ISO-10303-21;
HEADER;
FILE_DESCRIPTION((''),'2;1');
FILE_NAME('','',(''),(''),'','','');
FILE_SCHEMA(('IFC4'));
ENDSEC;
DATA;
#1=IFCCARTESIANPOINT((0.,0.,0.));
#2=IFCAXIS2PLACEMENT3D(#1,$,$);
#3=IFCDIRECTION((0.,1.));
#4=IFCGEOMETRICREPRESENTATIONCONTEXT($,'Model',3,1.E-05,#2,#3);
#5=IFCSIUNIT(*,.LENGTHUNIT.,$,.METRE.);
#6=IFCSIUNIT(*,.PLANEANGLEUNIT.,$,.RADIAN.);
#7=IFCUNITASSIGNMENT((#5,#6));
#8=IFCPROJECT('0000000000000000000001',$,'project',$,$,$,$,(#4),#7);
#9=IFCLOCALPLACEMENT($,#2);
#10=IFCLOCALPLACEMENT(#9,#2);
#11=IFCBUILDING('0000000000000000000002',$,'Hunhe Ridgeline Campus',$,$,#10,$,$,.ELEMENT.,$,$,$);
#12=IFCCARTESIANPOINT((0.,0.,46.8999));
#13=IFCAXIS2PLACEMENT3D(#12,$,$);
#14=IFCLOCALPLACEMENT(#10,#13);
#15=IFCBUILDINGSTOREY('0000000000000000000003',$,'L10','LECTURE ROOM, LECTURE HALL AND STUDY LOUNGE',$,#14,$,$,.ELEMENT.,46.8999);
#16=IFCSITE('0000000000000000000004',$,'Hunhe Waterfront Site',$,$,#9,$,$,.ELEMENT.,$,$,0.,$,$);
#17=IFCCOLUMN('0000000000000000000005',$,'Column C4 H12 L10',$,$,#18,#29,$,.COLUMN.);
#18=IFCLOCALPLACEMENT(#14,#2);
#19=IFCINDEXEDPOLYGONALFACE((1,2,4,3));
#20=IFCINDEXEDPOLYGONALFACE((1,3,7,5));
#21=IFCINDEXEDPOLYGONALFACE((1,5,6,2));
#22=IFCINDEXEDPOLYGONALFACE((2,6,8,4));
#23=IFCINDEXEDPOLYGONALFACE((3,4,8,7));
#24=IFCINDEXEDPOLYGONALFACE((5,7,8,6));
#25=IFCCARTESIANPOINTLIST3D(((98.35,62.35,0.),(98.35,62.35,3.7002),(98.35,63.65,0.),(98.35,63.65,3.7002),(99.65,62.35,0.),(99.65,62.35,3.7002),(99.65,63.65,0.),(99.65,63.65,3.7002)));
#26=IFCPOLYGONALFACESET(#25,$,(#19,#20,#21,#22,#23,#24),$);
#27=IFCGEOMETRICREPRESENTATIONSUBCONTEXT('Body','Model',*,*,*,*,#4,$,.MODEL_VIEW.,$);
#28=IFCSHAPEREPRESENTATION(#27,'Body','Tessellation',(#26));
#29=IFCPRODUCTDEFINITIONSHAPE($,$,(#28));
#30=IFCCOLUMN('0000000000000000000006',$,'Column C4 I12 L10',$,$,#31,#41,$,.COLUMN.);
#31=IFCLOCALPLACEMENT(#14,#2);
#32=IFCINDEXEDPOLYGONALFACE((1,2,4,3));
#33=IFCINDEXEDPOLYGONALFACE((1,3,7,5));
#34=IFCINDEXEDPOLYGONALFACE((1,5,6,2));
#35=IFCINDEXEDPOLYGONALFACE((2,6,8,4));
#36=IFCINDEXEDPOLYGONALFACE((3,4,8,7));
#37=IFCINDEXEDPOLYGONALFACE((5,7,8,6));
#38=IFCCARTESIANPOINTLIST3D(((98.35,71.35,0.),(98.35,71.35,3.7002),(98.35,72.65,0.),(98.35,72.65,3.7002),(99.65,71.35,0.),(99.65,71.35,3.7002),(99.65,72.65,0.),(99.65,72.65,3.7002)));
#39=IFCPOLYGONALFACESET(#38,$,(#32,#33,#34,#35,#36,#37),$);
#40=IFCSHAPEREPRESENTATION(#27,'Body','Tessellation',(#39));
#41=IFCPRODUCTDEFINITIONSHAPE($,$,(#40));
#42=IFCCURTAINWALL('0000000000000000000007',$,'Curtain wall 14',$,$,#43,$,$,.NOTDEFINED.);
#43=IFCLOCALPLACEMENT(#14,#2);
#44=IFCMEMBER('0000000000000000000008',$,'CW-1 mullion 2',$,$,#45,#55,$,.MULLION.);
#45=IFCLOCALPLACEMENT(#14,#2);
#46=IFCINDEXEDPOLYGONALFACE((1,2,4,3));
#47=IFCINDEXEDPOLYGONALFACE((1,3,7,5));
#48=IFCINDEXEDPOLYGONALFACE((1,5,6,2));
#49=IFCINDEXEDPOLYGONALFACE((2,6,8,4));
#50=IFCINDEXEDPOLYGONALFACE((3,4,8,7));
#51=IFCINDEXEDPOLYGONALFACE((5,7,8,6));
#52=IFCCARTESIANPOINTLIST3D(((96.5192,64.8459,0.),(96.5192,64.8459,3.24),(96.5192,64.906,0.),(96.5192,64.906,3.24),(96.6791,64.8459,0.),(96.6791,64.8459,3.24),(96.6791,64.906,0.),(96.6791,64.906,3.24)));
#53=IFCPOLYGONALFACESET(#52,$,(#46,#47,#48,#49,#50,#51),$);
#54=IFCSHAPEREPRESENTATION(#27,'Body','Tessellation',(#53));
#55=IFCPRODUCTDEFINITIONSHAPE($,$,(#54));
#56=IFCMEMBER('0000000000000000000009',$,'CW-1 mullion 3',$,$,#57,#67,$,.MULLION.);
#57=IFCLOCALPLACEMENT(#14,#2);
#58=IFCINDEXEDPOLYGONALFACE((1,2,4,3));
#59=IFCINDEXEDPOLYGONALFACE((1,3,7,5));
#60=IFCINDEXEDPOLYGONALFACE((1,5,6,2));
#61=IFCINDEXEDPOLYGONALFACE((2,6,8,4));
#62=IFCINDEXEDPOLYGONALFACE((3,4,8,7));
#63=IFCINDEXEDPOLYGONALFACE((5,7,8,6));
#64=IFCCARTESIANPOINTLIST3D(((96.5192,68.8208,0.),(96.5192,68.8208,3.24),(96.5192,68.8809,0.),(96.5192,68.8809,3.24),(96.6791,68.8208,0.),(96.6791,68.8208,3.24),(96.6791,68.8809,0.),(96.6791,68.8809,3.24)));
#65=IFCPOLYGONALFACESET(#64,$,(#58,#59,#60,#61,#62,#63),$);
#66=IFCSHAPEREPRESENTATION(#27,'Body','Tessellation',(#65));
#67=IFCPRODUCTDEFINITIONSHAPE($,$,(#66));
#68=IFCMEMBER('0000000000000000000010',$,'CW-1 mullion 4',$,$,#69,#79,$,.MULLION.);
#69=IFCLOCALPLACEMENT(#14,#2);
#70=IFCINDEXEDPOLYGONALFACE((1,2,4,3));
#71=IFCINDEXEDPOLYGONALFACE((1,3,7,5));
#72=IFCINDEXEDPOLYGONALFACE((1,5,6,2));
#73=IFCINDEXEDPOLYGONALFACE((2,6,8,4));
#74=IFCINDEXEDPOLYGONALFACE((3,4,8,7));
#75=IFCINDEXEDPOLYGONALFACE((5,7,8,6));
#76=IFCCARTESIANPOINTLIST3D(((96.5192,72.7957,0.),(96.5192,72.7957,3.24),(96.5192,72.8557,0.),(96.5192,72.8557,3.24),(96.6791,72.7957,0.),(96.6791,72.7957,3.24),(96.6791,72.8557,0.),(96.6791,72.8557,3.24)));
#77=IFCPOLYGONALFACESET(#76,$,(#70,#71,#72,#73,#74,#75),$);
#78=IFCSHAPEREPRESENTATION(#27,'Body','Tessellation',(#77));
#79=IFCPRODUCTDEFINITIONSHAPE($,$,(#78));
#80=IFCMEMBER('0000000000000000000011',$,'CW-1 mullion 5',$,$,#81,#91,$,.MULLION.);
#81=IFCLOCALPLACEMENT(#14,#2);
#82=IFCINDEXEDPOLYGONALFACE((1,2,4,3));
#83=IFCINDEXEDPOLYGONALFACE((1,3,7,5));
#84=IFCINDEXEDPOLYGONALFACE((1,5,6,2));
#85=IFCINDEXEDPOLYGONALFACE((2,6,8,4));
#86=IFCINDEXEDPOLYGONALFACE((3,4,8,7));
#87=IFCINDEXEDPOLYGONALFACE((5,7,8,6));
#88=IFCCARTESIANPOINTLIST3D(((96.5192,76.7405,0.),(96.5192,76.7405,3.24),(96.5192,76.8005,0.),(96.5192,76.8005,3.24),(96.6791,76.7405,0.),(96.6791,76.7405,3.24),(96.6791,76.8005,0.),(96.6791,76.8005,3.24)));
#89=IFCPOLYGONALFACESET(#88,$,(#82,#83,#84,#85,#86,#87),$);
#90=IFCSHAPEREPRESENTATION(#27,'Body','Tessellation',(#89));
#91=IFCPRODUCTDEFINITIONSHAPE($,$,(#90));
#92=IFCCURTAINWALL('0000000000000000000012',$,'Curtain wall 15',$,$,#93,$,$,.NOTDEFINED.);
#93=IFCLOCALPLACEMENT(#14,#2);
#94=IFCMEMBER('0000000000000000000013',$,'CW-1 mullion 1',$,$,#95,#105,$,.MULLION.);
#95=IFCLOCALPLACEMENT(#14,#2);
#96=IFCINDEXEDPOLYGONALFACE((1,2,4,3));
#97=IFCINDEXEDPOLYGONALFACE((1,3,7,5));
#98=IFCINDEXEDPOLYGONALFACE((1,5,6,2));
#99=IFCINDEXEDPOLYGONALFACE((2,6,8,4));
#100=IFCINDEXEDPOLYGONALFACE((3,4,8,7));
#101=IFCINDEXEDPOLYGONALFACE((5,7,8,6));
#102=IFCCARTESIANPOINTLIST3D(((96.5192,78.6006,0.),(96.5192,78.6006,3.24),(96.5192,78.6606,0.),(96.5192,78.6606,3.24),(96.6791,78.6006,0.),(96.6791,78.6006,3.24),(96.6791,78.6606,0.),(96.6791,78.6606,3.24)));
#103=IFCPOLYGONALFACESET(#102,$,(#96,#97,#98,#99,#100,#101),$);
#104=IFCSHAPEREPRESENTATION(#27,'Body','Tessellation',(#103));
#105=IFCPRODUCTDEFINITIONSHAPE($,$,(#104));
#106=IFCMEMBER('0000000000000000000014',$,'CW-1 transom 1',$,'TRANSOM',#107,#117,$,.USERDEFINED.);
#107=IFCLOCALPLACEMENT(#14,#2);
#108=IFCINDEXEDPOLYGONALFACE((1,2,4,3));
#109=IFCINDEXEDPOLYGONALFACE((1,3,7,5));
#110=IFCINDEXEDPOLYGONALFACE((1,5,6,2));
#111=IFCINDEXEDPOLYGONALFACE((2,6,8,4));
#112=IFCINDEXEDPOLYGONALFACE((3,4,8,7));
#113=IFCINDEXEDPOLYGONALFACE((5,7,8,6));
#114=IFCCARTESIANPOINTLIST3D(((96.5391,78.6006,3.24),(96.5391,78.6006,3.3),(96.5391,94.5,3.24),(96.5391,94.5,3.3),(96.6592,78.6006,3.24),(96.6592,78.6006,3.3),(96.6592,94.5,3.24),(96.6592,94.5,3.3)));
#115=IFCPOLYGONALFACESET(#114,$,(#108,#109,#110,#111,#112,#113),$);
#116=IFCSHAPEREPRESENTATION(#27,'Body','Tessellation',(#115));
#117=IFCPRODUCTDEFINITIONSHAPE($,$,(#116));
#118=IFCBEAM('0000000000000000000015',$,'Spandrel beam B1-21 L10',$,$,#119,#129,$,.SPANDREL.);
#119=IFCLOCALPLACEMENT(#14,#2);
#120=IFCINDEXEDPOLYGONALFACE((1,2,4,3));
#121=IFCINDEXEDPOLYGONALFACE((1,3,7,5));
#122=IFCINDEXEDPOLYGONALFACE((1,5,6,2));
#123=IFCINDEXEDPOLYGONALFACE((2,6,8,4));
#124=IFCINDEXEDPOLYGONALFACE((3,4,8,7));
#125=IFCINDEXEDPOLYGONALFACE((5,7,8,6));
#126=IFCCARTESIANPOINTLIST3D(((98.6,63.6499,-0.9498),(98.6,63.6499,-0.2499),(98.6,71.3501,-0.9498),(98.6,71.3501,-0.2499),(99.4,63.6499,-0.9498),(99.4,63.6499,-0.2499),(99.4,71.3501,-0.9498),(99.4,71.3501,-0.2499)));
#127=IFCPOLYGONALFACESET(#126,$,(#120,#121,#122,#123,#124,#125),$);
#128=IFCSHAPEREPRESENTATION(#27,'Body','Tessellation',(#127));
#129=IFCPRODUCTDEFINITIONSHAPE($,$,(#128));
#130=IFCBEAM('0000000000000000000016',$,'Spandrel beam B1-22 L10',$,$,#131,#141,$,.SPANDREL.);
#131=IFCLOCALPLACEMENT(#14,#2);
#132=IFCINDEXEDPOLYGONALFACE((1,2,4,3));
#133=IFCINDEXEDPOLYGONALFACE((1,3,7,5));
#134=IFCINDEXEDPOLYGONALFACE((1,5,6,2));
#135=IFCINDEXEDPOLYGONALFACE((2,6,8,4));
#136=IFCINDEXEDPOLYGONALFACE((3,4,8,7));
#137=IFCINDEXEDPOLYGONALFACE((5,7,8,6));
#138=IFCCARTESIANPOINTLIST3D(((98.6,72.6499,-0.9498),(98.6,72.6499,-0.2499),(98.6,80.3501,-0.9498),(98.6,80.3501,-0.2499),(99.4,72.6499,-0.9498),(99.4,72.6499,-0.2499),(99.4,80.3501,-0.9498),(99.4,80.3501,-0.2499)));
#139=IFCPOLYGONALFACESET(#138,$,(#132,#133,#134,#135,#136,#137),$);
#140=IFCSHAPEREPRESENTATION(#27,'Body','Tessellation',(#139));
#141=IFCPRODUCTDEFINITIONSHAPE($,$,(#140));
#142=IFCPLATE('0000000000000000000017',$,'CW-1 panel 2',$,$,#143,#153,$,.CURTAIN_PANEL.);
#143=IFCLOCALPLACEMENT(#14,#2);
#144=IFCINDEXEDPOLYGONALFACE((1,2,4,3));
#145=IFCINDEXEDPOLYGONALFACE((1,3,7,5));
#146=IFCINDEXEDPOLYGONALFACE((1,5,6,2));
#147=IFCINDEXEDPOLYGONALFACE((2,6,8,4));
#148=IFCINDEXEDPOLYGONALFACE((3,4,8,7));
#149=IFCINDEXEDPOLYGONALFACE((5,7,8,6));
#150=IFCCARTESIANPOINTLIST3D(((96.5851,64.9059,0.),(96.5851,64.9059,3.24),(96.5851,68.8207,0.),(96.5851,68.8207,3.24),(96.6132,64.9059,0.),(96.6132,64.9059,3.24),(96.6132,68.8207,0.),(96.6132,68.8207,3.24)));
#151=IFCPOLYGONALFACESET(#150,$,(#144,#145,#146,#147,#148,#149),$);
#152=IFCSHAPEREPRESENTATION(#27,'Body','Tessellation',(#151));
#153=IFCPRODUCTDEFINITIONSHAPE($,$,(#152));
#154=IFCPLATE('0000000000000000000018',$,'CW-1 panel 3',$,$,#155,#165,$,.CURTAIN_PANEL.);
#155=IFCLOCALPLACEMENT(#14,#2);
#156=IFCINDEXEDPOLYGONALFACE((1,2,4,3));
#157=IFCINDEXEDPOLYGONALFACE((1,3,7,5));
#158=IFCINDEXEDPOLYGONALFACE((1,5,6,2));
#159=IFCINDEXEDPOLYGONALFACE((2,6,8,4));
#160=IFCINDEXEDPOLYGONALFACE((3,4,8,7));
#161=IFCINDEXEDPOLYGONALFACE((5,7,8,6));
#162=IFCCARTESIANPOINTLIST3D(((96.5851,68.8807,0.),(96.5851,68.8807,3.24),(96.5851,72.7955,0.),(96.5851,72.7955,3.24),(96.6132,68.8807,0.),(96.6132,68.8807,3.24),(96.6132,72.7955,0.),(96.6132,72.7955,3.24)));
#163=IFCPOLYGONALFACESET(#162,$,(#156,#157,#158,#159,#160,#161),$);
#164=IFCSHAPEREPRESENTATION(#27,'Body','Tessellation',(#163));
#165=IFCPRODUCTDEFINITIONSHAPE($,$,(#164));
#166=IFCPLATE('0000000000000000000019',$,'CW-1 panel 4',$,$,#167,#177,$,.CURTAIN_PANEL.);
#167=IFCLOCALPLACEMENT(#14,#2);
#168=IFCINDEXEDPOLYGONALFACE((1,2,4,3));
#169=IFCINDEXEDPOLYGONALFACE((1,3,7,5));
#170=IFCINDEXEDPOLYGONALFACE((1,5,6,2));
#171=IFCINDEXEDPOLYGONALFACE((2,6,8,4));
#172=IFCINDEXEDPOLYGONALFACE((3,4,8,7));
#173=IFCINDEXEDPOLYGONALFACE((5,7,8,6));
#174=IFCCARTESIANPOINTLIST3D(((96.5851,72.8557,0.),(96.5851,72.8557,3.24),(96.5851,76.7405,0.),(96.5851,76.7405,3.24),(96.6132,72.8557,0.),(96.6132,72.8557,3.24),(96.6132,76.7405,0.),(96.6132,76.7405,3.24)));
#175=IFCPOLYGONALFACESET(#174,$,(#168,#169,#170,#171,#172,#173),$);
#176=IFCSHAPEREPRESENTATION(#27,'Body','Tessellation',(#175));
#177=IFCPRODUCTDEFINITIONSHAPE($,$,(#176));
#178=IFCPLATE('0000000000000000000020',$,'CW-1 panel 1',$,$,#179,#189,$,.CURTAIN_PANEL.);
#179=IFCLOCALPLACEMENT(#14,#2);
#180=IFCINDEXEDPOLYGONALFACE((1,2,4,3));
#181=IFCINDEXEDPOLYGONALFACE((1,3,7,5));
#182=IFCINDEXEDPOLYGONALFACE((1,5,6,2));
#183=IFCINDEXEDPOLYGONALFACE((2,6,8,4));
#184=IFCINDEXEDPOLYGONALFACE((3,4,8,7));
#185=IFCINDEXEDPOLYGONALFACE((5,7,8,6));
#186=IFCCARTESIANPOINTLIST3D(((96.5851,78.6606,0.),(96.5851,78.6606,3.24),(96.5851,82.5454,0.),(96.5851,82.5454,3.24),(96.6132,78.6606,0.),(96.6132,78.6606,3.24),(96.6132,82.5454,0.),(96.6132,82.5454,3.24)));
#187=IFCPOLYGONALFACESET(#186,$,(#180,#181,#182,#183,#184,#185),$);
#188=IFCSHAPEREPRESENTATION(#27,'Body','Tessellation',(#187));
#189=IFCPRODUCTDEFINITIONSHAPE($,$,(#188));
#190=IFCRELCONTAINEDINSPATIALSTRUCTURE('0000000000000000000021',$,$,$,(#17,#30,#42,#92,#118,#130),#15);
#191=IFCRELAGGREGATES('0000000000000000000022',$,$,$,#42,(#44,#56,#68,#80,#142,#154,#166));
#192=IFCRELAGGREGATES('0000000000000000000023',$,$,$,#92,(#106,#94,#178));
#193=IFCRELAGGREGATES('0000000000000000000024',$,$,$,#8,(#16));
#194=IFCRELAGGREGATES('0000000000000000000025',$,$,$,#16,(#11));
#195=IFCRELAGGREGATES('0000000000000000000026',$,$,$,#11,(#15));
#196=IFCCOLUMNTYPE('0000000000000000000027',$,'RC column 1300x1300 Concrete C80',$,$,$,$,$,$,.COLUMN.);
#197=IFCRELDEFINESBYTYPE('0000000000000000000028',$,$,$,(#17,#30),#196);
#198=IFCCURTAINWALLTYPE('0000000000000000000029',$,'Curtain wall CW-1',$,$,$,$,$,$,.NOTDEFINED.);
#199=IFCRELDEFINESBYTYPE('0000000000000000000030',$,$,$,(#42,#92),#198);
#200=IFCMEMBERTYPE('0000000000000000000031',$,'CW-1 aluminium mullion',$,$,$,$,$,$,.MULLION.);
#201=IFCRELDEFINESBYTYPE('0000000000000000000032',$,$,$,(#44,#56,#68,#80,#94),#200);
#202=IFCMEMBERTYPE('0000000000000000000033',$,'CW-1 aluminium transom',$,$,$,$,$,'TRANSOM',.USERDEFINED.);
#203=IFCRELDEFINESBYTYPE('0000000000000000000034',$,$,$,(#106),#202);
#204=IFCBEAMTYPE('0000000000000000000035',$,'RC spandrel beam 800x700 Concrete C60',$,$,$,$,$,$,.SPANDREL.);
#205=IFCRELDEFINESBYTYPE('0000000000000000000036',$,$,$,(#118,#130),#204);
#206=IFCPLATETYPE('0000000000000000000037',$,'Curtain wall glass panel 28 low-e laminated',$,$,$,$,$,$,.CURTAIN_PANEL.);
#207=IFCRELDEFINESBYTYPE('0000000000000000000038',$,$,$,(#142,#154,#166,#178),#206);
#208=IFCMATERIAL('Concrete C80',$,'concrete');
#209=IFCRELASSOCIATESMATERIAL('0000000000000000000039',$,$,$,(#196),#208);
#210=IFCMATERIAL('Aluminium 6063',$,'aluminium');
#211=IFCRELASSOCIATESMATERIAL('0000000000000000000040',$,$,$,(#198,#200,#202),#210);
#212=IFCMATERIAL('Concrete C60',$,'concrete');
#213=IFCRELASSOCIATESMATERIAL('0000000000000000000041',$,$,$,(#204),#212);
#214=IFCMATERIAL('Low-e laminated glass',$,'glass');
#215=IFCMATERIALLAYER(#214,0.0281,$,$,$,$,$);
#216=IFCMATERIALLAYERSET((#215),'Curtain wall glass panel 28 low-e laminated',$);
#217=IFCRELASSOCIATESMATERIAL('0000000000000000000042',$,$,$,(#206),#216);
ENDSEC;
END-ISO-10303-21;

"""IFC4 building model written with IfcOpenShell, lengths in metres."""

from ifc_helpers import new_model, si_unit, direction, frame, origin, origin_2d, place, context, subcontext, project, spatial, rectangle, extrude, material, layer, layer_set, material_profile, profile_set, type_object, element, aggregate, save


model = new_model("IFC4")

# Units and contexts
model_context = context("Model", 3, precision=1e-05, world=origin(), true_north=direction((0.0, 1.0)))
body_context = subcontext(model_context, "Body", "Model", "MODEL_VIEW")
ifc_project = project(units=[si_unit("LENGTHUNIT", "METRE"), si_unit("PLANEANGLEUNIT", "RADIAN")], contexts=[model_context])

# Site, building, storey
site_placement = place(None, origin())
site = spatial("IfcSite", under=ifc_project, at=site_placement, Name="Hunhe Waterfront Site", CompositionType="ELEMENT", RefElevation=0.0)
building_placement = place(site_placement, origin())
building = spatial("IfcBuilding", under=site, at=building_placement, Name="Hunhe Ridgeline Campus", CompositionType="ELEMENT")
storey_placement = place(building_placement, frame((0.0, 0.0, 46.8999)))
storey = spatial("IfcBuildingStorey", under=building, at=storey_placement, Name="L10", Description="LECTURE ROOM, LECTURE HALL AND STUDY LOUNGE", CompositionType="ELEMENT", Elevation=46.8999)

# Columns
ifc_material_1 = material(Name="Concrete C80", Category="concrete")
ifc_material_profile_1 = material_profile(ifc_material_1, rectangle(XDim=1.3, YDim=1.3, at=origin_2d()))
ifc_profile_set_1 = profile_set([ifc_material_profile_1], Name="Concrete C80")
column_type = type_object("IfcColumnType", Name="RC column 1300x1300 Concrete C80", PredefinedType="COLUMN", material=ifc_profile_set_1)
for number, where, z_axis, x_axis, name in (
    (1, (99.0, 63.0, 0.0), (0.0, 0.0, 1.0), (1.0, 0.0, 0.0), "Column C4 H12 L10"),
    (2, (99.0, 72.0, 0.0), (0.0, 0.0, 1.0), (1.0, 0.0, 0.0), "Column C4 I12 L10"),
):
    element("IfcColumn", number, at=place(storey_placement, frame(where, z_axis=z_axis, x_axis=x_axis)), inside=storey, type_object=column_type, Name=name, PredefinedType="COLUMN", context=body_context, shape_type="SweptSolid", body=[
        extrude(rectangle(XDim=1.3, YDim=1.3, at=origin_2d()), origin(), (0.0, 0.0, 1.0), 3.7002),
    ])

# Curtain walls, members
ifc_material_2 = material(Name="Aluminium 6063", Category="aluminium")
curtain_wall_type = type_object("IfcCurtainWallType", Name="Curtain wall CW-1", PredefinedType="NOTDEFINED", material=ifc_material_2)
curtain_wall_1_placement = place(storey_placement, origin())
curtain_wall_1 = element("IfcCurtainWall", 3, at=curtain_wall_1_placement, inside=storey, type_object=curtain_wall_type, Name="Curtain wall 14", PredefinedType="NOTDEFINED")
ifc_material_profile_2 = material_profile(ifc_material_2, rectangle(XDim=0.1599, YDim=0.0601, at=origin_2d()))
ifc_profile_set_2 = profile_set([ifc_material_profile_2], Name="Aluminium 6063")
member_type_1 = type_object("IfcMemberType", Name="CW-1 aluminium mullion", PredefinedType="MULLION", material=ifc_profile_set_2)
member_1_placement = place(storey_placement, frame((96.5991, 64.876, 0.0), z_axis=(0.0, 0.0, 1.0), x_axis=(-1.0, 0.0, 0.0)))
member_1 = element("IfcMember", 4, at=member_1_placement, type_object=member_type_1, Name="CW-1 mullion 2", PredefinedType="MULLION", context=body_context, shape_type="SweptSolid", body=[
    extrude(rectangle(XDim=0.1599, YDim=0.0601, at=origin_2d()), origin(), (0.0, 0.0, 1.0), 3.24),
])
member_2_placement = place(storey_placement, frame((96.5991, 68.8508, 0.0), z_axis=(0.0, 0.0, 1.0), x_axis=(-1.0, 0.0, 0.0)))
member_2 = element("IfcMember", 5, at=member_2_placement, type_object=member_type_1, Name="CW-1 mullion 3", PredefinedType="MULLION", context=body_context, shape_type="SweptSolid", body=[
    extrude(rectangle(XDim=0.1599, YDim=0.0601, at=origin_2d()), origin(), (0.0, 0.0, 1.0), 3.24),
])
member_3_placement = place(storey_placement, frame((96.5991, 72.8257, 0.0), z_axis=(0.0, 0.0, 1.0), x_axis=(-1.0, 0.0, 0.0)))
member_3 = element("IfcMember", 6, at=member_3_placement, type_object=member_type_1, Name="CW-1 mullion 4", PredefinedType="MULLION", context=body_context, shape_type="SweptSolid", body=[
    extrude(rectangle(XDim=0.1599, YDim=0.0601, at=origin_2d()), origin(), (0.0, 0.0, 1.0), 3.24),
])
member_4_placement = place(storey_placement, frame((96.5991, 76.7705, 0.0), z_axis=(0.0, 0.0, 1.0), x_axis=(-1.0, 0.0, 0.0)))
member_4 = element("IfcMember", 7, at=member_4_placement, type_object=member_type_1, Name="CW-1 mullion 5", PredefinedType="MULLION", context=body_context, shape_type="SweptSolid", body=[
    extrude(rectangle(XDim=0.1599, YDim=0.0601, at=origin_2d()), origin(), (0.0, 0.0, 1.0), 3.24),
])
curtain_wall_2_placement = place(storey_placement, origin())
curtain_wall_2 = element("IfcCurtainWall", 8, at=curtain_wall_2_placement, inside=storey, type_object=curtain_wall_type, Name="Curtain wall 15", PredefinedType="NOTDEFINED")
member_5_placement = place(storey_placement, frame((96.5991, 78.6306, 0.0), z_axis=(0.0, 0.0, 1.0), x_axis=(-1.0, 0.0, 0.0)))
member_5 = element("IfcMember", 9, at=member_5_placement, type_object=member_type_1, Name="CW-1 mullion 1", PredefinedType="MULLION", context=body_context, shape_type="SweptSolid", body=[
    extrude(rectangle(XDim=0.1599, YDim=0.0601, at=origin_2d()), origin(), (0.0, 0.0, 1.0), 3.24),
])
ifc_material_profile_3 = material_profile(ifc_material_2, rectangle(XDim=0.1201, YDim=0.0601, at=origin_2d()))
ifc_profile_set_3 = profile_set([ifc_material_profile_3], Name="Aluminium 6063")
member_type_2 = type_object("IfcMemberType", Name="CW-1 aluminium transom", ElementType="TRANSOM", PredefinedType="USERDEFINED", material=ifc_profile_set_3)
member_6_placement = place(storey_placement, frame((96.5991, 78.6006, 3.27), z_axis=(0.0, 1.0, 0.0), x_axis=(-1.0, 0.0, 0.0)))
member_6 = element("IfcMember", 10, at=member_6_placement, type_object=member_type_2, Name="CW-1 transom 1", ObjectType="TRANSOM", PredefinedType="USERDEFINED", context=body_context, shape_type="SweptSolid", body=[
    extrude(rectangle(XDim=0.1201, YDim=0.0601, at=origin_2d()), origin(), (0.0, 0.0, 1.0), 15.8994),
])

# Beams
ifc_material_3 = material(Name="Concrete C60", Category="concrete")
ifc_material_profile_4 = material_profile(ifc_material_3, rectangle(XDim=0.8, YDim=0.7, at=origin_2d()))
ifc_profile_set_4 = profile_set([ifc_material_profile_4], Name="Concrete C60")
beam_type = type_object("IfcBeamType", Name="RC spandrel beam 800x700 Concrete C60", PredefinedType="SPANDREL", material=ifc_profile_set_4)
for number, where, z_axis, x_axis, name in (
    (11, (99.0, 63.6499, -0.5999), (0.0, 1.0, 0.0), (-1.0, 0.0, 0.0), "Spandrel beam B1-21 L10"),
    (12, (99.0, 72.6499, -0.5999), (0.0, 1.0, 0.0), (-1.0, 0.0, 0.0), "Spandrel beam B1-22 L10"),
):
    element("IfcBeam", number, at=place(storey_placement, frame(where, z_axis=z_axis, x_axis=x_axis)), inside=storey, type_object=beam_type, Name=name, PredefinedType="SPANDREL", context=body_context, shape_type="SweptSolid", body=[
        extrude(rectangle(XDim=0.8, YDim=0.7, at=origin_2d()), origin(), (0.0, 0.0, 1.0), 7.7002),
    ])

# Plates
ifc_material_4 = material(Name="Low-e laminated glass", Category="glass")
ifc_layer_1 = layer(ifc_material_4, 0.0281)
ifc_layer_set_1 = layer_set([ifc_layer_1], Name="Curtain wall glass panel 28 low-e laminated")
plate_type = type_object("IfcPlateType", Name="Curtain wall glass panel 28 low-e laminated", PredefinedType="CURTAIN_PANEL", material=ifc_layer_set_1)
plate_1_placement = place(storey_placement, frame((96.5991, 66.8633, 0.0), z_axis=(0.0, 0.0, 1.0), x_axis=(0.0, 1.0, 0.0)))
plate_1 = element("IfcPlate", 13, at=plate_1_placement, type_object=plate_type, Name="CW-1 panel 2", PredefinedType="CURTAIN_PANEL", context=body_context, shape_type="SweptSolid", body=[
    extrude(rectangle(XDim=3.9148, YDim=0.0281, at=origin_2d()), origin(), (0.0, 0.0, 1.0), 3.24),
])
plate_2_placement = place(storey_placement, frame((96.5991, 70.8381, 0.0), z_axis=(0.0, 0.0, 1.0), x_axis=(0.0, 1.0, 0.0)))
plate_2 = element("IfcPlate", 14, at=plate_2_placement, type_object=plate_type, Name="CW-1 panel 3", PredefinedType="CURTAIN_PANEL", context=body_context, shape_type="SweptSolid", body=[
    extrude(rectangle(XDim=3.9148, YDim=0.0281, at=origin_2d()), origin(), (0.0, 0.0, 1.0), 3.24),
])
plate_3_placement = place(storey_placement, frame((96.5991, 74.7981, 0.0), z_axis=(0.0, 0.0, 1.0), x_axis=(0.0, 1.0, 0.0)))
plate_3 = element("IfcPlate", 15, at=plate_3_placement, type_object=plate_type, Name="CW-1 panel 4", PredefinedType="CURTAIN_PANEL", context=body_context, shape_type="SweptSolid", body=[
    extrude(rectangle(XDim=3.8848, YDim=0.0281, at=origin_2d()), origin(), (0.0, 0.0, 1.0), 3.24),
])
aggregate(curtain_wall_1, [member_1, member_2, member_3, member_4, plate_1, plate_2, plate_3])
plate_4_placement = place(storey_placement, frame((96.5991, 80.603, 0.0), z_axis=(0.0, 0.0, 1.0), x_axis=(0.0, 1.0, 0.0)))
plate_4 = element("IfcPlate", 16, at=plate_4_placement, type_object=plate_type, Name="CW-1 panel 1", PredefinedType="CURTAIN_PANEL", context=body_context, shape_type="SweptSolid", body=[
    extrude(rectangle(XDim=3.8848, YDim=0.0281, at=origin_2d()), origin(), (0.0, 0.0, 1.0), 3.24),
])
aggregate(curtain_wall_2, [member_6, member_5, plate_4])

save(model, "model.ifc")
